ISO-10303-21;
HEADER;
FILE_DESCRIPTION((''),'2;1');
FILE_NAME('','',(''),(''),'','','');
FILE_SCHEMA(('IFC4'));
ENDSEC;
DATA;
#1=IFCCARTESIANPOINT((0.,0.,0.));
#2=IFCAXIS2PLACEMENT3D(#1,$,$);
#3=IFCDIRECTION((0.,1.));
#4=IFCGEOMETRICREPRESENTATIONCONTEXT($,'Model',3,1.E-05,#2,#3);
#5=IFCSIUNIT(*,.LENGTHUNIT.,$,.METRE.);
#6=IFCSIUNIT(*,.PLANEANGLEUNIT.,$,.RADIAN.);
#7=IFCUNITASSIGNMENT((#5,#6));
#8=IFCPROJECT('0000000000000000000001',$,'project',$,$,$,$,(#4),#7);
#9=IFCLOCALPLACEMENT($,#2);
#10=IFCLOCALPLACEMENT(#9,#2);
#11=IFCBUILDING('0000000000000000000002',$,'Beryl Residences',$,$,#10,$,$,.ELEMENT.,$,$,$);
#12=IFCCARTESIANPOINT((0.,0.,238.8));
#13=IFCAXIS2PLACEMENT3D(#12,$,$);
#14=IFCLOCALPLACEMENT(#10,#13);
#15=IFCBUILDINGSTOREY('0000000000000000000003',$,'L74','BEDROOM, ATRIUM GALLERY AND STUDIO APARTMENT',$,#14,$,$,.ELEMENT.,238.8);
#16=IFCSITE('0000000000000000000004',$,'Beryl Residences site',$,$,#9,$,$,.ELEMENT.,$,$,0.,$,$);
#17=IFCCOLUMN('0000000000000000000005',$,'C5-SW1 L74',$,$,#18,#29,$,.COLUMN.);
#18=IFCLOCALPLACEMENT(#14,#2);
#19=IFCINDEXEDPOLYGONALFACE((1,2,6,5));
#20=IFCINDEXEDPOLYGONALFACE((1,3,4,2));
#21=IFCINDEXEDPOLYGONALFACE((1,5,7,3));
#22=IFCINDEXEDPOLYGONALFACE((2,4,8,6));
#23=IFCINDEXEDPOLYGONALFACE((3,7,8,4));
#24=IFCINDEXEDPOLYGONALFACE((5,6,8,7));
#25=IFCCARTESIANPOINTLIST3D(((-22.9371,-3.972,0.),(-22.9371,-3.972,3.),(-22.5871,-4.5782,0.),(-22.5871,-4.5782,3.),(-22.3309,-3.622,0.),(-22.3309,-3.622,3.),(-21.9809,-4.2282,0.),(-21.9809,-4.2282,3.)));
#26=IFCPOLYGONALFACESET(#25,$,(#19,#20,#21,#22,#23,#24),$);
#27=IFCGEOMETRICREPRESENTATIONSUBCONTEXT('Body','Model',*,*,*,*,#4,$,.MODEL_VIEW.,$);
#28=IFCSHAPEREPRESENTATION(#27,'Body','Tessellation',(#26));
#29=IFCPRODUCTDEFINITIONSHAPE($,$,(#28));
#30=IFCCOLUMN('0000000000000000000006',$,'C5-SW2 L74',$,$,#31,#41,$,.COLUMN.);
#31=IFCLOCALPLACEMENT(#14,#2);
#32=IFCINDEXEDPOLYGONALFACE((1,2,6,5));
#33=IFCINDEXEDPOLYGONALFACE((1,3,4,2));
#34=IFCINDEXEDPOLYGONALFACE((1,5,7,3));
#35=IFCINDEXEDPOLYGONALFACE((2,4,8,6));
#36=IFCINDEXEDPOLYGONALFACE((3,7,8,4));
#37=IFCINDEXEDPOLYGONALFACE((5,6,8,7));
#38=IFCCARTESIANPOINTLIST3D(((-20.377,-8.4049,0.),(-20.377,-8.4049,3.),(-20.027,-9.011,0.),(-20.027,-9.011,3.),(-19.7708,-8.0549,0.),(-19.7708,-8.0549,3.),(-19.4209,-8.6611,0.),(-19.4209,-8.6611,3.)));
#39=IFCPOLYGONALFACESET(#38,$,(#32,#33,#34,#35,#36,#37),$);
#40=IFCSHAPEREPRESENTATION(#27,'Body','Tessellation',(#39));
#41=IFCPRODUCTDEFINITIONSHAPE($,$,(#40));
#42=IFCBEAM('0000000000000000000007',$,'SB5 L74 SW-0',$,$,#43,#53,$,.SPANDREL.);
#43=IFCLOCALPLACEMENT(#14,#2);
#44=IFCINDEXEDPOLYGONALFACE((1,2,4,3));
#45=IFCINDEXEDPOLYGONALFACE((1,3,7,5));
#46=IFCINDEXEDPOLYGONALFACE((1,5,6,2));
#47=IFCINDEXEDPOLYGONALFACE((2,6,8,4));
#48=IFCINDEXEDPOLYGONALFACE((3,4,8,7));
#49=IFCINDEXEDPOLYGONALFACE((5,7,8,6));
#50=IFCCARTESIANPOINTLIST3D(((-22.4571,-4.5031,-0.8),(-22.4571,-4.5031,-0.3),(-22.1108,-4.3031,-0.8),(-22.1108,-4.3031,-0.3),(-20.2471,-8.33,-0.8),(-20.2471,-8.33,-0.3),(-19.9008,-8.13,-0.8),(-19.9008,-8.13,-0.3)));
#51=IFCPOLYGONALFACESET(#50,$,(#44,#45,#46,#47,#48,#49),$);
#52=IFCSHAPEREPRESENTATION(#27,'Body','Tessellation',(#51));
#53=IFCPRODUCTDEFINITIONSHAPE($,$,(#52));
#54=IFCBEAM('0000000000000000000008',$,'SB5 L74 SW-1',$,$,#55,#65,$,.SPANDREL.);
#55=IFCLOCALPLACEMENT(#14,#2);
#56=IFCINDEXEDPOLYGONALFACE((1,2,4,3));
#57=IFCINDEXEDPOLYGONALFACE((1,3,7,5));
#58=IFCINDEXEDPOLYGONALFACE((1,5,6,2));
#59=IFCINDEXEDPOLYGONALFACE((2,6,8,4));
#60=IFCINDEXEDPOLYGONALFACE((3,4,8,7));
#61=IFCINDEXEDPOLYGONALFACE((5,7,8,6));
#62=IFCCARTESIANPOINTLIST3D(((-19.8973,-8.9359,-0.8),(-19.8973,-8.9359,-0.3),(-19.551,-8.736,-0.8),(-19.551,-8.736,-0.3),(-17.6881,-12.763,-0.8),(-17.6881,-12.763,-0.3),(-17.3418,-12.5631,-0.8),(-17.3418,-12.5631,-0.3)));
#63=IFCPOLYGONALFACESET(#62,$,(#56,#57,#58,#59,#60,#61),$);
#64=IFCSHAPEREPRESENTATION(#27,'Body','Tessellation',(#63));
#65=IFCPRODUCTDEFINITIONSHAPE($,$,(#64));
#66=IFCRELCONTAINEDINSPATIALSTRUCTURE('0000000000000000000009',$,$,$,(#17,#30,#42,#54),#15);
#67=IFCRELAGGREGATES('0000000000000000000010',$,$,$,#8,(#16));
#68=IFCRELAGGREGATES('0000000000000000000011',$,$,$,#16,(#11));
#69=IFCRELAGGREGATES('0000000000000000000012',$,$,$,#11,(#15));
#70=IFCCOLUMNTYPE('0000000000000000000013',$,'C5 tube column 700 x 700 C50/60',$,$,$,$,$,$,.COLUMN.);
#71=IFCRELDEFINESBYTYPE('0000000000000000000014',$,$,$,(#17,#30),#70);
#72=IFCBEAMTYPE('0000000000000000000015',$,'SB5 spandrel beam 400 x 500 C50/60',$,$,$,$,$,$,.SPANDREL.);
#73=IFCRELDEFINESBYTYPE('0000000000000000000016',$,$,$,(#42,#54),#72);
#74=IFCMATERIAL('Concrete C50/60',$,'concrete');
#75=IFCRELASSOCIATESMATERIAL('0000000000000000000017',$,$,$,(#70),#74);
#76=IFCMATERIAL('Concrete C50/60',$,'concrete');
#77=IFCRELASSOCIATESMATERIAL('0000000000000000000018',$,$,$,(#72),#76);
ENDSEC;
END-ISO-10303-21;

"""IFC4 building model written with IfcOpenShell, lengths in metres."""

from ifc_helpers import new_model, si_unit, direction, frame, origin, origin_2d, place, context, subcontext, project, spatial, rectangle, extrude, material, material_profile, profile_set, type_object, element, save


model = new_model("IFC4")

# Units and contexts
model_context = context("Model", 3, precision=1e-05, world=origin(), true_north=direction((0.0, 1.0)))
body_context = subcontext(model_context, "Body", "Model", "MODEL_VIEW")
ifc_project = project(units=[si_unit("LENGTHUNIT", "METRE"), si_unit("PLANEANGLEUNIT", "RADIAN")], contexts=[model_context])

# Site, building, storey
site_placement = place(None, origin())
site = spatial("IfcSite", under=ifc_project, at=site_placement, Name="Beryl Residences site", CompositionType="ELEMENT", RefElevation=0.0)
building_placement = place(site_placement, origin())
building = spatial("IfcBuilding", under=site, at=building_placement, Name="Beryl Residences", CompositionType="ELEMENT")
storey_placement = place(building_placement, frame((0.0, 0.0, 238.8)))
storey = spatial("IfcBuildingStorey", under=building, at=storey_placement, Name="L74", Description="BEDROOM, ATRIUM GALLERY AND STUDIO APARTMENT", CompositionType="ELEMENT", Elevation=238.8)

# Columns
ifc_material_1 = material(Name="Concrete C50/60", Category="concrete")
ifc_material_profile_1 = material_profile(ifc_material_1, rectangle(XDim=0.7, YDim=0.7, at=origin_2d()))
ifc_profile_set_1 = profile_set([ifc_material_profile_1], Name="Concrete C50/60")
column_type = type_object("IfcColumnType", Name="C5 tube column 700 x 700 C50/60", PredefinedType="COLUMN", material=ifc_profile_set_1)
for number, where, z_axis, x_axis, name in (
    (1, (-22.459, -4.1001, 0.0), (0.0, 0.0, 1.0), (0.499985, -0.866034, 0.0), "C5-SW1 L74"),
    (2, (-19.8989, -8.533, 0.0), (0.0, 0.0, 1.0), (0.499985, -0.866034, 0.0), "C5-SW2 L74"),
):
    element("IfcColumn", number, at=place(storey_placement, frame(where, z_axis=z_axis, x_axis=x_axis)), inside=storey, type_object=column_type, Name=name, PredefinedType="COLUMN", context=body_context, shape_type="SweptSolid", body=[
        extrude(rectangle(XDim=0.7, YDim=0.7, at=origin_2d()), origin(), (0.0, 0.0, 1.0), 3.0),
    ])

# Beams
ifc_material_2 = material(Name="Concrete C50/60", Category="concrete")
ifc_material_profile_2 = material_profile(ifc_material_2, rectangle(XDim=0.3999, YDim=0.5, at=origin_2d()))
ifc_profile_set_2 = profile_set([ifc_material_profile_2], Name="Concrete C50/60")
beam_type = type_object("IfcBeamType", Name="SB5 spandrel beam 400 x 500 C50/60", PredefinedType="SPANDREL", material=ifc_profile_set_2)
beam_1_placement = place(storey_placement, frame((-22.2839, -4.4031, -0.55), z_axis=(0.500084, -0.865977, 0.0), x_axis=(0.865977, 0.500084, 0.0)))
element("IfcBeam", 3, at=beam_1_placement, inside=storey, type_object=beam_type, Name="SB5 L74 SW-0", PredefinedType="SPANDREL", context=body_context, shape_type="SweptSolid", body=[
    extrude(rectangle(XDim=0.3999, YDim=0.5, at=origin_2d()), origin(), (0.0, 0.0, 1.0), 4.4192),
])
beam_2_placement = place(storey_placement, frame((-19.7241, -8.8359, -0.55), z_axis=(0.499936, -0.866062, 0.0), x_axis=(0.866062, 0.499936, 0.0)))
element("IfcBeam", 4, at=beam_2_placement, inside=storey, type_object=beam_type, Name="SB5 L74 SW-1", PredefinedType="SPANDREL", context=body_context, shape_type="SweptSolid", body=[
    extrude(rectangle(XDim=0.3999, YDim=0.5, at=origin_2d()), origin(), (0.0, 0.0, 1.0), 4.4189),
])

save(model, "model.ifc")
